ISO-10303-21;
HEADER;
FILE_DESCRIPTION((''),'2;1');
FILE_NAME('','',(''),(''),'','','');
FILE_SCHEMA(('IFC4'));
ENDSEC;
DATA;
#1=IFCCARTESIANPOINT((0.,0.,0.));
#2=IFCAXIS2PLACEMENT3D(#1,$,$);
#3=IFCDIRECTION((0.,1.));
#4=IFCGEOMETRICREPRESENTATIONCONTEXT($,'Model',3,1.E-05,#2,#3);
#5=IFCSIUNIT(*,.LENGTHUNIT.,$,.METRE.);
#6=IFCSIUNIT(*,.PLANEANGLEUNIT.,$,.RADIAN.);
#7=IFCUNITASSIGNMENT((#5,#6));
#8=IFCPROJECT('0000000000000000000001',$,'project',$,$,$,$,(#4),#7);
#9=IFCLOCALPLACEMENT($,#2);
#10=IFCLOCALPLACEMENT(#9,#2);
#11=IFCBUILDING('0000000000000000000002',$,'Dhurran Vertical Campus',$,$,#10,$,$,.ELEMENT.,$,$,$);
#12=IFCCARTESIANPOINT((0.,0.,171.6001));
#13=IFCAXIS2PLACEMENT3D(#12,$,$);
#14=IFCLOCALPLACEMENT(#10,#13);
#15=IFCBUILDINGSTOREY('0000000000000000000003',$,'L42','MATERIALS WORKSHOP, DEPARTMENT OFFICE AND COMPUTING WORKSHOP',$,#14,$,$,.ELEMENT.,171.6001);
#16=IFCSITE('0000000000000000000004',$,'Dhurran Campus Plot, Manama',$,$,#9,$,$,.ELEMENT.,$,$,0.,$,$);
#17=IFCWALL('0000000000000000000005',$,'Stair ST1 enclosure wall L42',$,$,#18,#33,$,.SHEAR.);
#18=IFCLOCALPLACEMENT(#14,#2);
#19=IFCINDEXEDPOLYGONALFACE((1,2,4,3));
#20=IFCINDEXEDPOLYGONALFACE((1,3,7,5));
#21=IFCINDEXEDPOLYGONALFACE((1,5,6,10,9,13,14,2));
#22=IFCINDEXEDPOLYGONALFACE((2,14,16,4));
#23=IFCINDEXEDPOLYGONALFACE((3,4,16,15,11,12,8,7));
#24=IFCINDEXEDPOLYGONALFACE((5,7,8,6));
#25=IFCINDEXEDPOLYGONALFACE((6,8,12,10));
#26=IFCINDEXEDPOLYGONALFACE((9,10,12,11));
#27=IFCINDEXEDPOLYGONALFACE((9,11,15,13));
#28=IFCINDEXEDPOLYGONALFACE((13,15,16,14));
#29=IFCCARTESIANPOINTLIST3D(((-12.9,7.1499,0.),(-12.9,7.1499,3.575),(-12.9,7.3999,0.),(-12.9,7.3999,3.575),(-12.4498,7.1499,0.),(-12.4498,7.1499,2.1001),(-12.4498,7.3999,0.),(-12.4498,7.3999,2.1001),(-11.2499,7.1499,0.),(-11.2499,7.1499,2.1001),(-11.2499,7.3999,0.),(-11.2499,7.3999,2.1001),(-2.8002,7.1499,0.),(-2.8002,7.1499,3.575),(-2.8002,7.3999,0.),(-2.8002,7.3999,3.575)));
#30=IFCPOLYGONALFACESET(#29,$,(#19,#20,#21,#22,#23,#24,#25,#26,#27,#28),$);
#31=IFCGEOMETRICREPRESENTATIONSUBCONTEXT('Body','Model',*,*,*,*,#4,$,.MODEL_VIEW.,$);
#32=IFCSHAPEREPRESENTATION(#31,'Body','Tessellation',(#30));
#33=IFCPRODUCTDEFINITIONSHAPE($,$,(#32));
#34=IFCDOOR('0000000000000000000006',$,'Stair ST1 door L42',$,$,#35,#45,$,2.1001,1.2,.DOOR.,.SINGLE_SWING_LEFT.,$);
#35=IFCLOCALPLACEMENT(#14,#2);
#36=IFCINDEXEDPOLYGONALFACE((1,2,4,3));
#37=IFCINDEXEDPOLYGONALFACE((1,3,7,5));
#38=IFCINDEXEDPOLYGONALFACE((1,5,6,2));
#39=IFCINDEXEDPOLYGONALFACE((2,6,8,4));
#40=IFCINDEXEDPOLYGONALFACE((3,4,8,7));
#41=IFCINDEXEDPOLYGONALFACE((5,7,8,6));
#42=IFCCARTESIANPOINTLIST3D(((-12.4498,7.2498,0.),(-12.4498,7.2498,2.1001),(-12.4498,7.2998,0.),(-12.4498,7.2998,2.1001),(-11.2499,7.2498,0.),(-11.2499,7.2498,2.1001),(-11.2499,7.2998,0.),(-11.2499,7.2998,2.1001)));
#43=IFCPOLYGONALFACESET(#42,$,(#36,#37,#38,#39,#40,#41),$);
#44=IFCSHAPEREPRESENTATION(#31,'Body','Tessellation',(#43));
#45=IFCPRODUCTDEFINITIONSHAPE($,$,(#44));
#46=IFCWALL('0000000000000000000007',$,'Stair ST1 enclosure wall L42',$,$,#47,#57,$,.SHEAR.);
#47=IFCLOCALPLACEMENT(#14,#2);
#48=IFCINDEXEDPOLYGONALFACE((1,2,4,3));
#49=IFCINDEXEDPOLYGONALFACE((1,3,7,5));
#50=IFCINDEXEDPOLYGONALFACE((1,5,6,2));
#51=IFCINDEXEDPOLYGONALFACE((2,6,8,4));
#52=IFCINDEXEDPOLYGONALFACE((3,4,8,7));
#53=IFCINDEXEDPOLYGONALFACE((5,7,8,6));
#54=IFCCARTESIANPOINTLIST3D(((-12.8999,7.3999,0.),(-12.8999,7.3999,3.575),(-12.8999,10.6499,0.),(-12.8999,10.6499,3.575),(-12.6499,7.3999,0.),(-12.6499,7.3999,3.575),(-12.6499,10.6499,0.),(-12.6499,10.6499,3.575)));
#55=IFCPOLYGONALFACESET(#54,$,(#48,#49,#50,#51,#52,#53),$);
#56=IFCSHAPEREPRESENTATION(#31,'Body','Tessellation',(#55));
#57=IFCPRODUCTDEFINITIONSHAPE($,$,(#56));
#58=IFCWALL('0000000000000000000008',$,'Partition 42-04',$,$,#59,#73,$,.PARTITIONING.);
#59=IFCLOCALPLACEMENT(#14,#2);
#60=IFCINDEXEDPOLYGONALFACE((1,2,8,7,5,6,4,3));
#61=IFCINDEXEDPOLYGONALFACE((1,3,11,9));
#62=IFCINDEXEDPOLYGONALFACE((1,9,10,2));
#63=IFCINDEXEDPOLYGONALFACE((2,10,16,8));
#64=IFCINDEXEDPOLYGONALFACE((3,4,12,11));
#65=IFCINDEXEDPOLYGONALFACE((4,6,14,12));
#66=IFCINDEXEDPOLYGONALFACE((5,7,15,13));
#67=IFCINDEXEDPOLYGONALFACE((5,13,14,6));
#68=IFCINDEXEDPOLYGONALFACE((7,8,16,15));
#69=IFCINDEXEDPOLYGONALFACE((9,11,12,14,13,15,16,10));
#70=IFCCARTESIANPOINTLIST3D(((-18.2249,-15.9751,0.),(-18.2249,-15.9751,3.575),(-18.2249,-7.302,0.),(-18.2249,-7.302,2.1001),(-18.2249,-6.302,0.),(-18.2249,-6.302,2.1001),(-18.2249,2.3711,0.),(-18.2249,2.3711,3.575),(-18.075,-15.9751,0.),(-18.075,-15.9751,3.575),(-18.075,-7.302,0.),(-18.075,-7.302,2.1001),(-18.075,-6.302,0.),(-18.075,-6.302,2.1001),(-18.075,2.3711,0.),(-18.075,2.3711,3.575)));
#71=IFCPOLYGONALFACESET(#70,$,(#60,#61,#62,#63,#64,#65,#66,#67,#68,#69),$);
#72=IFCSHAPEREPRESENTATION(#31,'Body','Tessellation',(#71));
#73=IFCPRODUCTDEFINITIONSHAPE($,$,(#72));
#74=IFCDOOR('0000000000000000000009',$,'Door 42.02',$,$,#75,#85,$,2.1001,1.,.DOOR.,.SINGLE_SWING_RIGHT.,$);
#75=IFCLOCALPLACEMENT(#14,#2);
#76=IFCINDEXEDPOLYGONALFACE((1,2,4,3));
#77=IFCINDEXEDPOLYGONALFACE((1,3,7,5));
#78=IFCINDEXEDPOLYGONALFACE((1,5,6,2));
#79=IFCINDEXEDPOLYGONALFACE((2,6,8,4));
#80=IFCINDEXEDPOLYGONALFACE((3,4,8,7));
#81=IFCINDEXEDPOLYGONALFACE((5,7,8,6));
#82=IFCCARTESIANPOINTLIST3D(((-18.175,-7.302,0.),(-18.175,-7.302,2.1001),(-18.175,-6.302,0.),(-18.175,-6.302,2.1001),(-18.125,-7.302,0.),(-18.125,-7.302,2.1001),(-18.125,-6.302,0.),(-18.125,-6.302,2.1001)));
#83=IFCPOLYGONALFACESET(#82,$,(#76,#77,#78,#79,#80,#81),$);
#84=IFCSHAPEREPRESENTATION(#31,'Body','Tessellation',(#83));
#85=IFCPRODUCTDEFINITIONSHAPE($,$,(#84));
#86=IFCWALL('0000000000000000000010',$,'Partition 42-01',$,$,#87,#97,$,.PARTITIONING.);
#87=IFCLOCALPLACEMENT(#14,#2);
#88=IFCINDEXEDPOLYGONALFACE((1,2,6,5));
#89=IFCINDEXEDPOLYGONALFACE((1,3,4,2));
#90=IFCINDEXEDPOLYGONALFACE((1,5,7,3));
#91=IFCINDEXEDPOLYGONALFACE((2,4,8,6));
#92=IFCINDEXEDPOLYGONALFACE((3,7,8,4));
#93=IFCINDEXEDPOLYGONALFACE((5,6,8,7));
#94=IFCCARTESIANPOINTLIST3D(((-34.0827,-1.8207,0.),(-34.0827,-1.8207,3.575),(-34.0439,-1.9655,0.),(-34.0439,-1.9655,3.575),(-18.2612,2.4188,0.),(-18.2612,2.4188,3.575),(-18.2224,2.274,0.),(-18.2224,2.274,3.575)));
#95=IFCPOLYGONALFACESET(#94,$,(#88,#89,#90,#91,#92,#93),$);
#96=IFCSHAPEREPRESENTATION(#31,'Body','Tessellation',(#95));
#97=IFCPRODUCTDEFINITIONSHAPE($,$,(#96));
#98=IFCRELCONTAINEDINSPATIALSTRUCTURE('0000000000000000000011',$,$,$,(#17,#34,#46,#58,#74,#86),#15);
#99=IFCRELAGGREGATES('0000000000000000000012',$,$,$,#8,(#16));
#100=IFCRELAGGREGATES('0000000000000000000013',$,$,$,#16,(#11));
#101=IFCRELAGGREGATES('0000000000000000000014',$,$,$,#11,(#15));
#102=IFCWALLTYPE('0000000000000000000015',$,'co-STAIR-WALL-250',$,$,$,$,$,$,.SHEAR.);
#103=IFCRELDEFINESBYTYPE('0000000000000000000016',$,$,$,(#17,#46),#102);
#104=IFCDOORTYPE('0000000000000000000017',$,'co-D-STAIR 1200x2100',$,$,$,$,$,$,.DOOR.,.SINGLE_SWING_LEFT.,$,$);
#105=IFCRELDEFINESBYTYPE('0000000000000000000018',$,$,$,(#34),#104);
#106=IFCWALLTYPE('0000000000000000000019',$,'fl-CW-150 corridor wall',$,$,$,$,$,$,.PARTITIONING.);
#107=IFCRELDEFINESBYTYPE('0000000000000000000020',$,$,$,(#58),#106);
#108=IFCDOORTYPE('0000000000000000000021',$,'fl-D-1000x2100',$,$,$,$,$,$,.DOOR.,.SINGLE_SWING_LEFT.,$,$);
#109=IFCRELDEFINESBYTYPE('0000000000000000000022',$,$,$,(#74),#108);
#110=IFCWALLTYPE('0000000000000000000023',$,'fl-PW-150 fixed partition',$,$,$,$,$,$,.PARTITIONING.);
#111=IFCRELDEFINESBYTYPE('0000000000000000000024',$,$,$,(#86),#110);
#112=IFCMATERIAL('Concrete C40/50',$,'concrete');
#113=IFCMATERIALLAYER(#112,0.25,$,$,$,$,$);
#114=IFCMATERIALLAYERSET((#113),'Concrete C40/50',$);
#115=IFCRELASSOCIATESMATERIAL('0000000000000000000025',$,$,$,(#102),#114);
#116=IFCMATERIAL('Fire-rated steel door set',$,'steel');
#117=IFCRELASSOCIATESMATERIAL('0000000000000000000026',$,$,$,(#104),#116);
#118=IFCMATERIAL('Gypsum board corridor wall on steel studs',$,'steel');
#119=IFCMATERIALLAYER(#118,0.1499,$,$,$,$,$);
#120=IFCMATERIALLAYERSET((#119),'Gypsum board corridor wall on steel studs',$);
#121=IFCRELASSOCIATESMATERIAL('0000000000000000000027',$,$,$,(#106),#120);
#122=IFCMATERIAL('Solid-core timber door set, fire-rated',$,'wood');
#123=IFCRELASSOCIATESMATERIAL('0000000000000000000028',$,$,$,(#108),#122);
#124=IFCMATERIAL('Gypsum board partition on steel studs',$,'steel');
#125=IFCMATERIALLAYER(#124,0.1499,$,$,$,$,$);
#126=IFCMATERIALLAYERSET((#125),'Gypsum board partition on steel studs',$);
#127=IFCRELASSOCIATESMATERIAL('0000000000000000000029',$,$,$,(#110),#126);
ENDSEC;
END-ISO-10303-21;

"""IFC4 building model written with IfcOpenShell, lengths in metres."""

from ifc_helpers import new_model, si_unit, direction, frame, frame_2d, origin, place, context, subcontext, project, spatial, rectangle, extrude, material, layer, layer_set, type_object, element, fill, save


model = new_model("IFC4")

# Units and contexts
model_context = context("Model", 3, precision=1e-05, world=origin(), true_north=direction((0.0, 1.0)))
body_context = subcontext(model_context, "Body", "Model", "MODEL_VIEW")
ifc_project = project(units=[si_unit("LENGTHUNIT", "METRE"), si_unit("PLANEANGLEUNIT", "RADIAN")], contexts=[model_context])

# Site, building, storey
site_placement = place(None, origin())
site = spatial("IfcSite", under=ifc_project, at=site_placement, Name="Dhurran Campus Plot, Manama", CompositionType="ELEMENT", RefElevation=0.0)
building_placement = place(site_placement, origin())
building = spatial("IfcBuilding", under=site, at=building_placement, Name="Dhurran Vertical Campus", CompositionType="ELEMENT")
storey_placement = place(building_placement, frame((0.0, 0.0, 171.6001)))
storey = spatial("IfcBuildingStorey", under=building, at=storey_placement, Name="L42", Description="MATERIALS WORKSHOP, DEPARTMENT OFFICE AND COMPUTING WORKSHOP", CompositionType="ELEMENT", Elevation=171.6001)

# Wall, opening, door
ifc_material_1 = material(Name="Concrete C40/50", Category="concrete")
ifc_layer_1 = layer(ifc_material_1, 0.25)
ifc_layer_set_1 = layer_set([ifc_layer_1], Name="Concrete C40/50")
wall_type_1 = type_object("IfcWallType", Name="co-STAIR-WALL-250", PredefinedType="SHEAR", material=ifc_layer_set_1)
wall_1_placement = place(storey_placement, frame((-12.8999, 7.2749, 0.0), z_axis=(0.0, 0.0, 1.0), x_axis=(1.0, 0.0, 0.0)))
wall_1 = element("IfcWall", 1, at=wall_1_placement, inside=storey, type_object=wall_type_1, Name="Stair ST1 enclosure wall L42", PredefinedType="SHEAR", context=body_context, shape_type="SweptSolid", body=[
    extrude(rectangle(XDim=10.0999, YDim=0.25, at=frame_2d((5.0498, 0.0))), origin(), (0.0, 0.0, 1.0), 3.575),
])
opening_1_placement = place(wall_1_placement, frame((0.45, 0.0, 0.0)))
opening_1 = element("IfcOpeningElement", 2, at=opening_1_placement, cuts=wall_1, PredefinedType="OPENING", context=body_context, shape_type="SweptSolid", body=[
    extrude(rectangle(XDim=1.2, YDim=2.1001, at=frame_2d((0.6001, 1.05))), frame((0.0, 0.135, 0.0), z_axis=(0.0, -1.0, 0.0), x_axis=(1.0, 0.0, 0.0)), (0.0, 0.0, 1.0), 0.27),
])
ifc_material_2 = material(Name="Fire-rated steel door set", Category="steel")
door_type_1 = type_object("IfcDoorType", Name="co-D-STAIR 1200x2100", OperationType="SINGLE_SWING_LEFT", PredefinedType="DOOR", material=ifc_material_2)
door_1_placement = place(opening_1_placement, origin())
door_1 = element("IfcDoor", 3, at=door_1_placement, inside=storey, type_object=door_type_1, Name="Stair ST1 door L42", OperationType="SINGLE_SWING_LEFT", OverallHeight=2.1001, OverallWidth=1.2, PredefinedType="DOOR", context=body_context, shape_type="SweptSolid", body=[
    extrude(rectangle(XDim=1.2, YDim=2.1001, at=frame_2d((0.6001, 1.05))), frame((0.0, 0.0249, 0.0), z_axis=(0.0, -1.0, 0.0), x_axis=(1.0, 0.0, 0.0)), (0.0, 0.0, 1.0), 0.05),
])
fill(opening_1, door_1)

# Wall
wall_2_placement = place(storey_placement, frame((-12.7749, 7.3999, 0.0), z_axis=(0.0, 0.0, 1.0), x_axis=(0.0, 1.0, 0.0)))
element("IfcWall", 4, at=wall_2_placement, inside=storey, type_object=wall_type_1, Name="Stair ST1 enclosure wall L42", PredefinedType="SHEAR", context=body_context, shape_type="SweptSolid", body=[
    extrude(rectangle(XDim=3.25, YDim=0.25, at=frame_2d((1.625, 0.0))), origin(), (0.0, 0.0, 1.0), 3.575),
])

# Wall, opening, door
ifc_material_3 = material(Name="Gypsum board corridor wall on steel studs", Category="steel")
ifc_layer_2 = layer(ifc_material_3, 0.1499)
ifc_layer_set_2 = layer_set([ifc_layer_2], Name="Gypsum board corridor wall on steel studs")
wall_type_2 = type_object("IfcWallType", Name="fl-CW-150 corridor wall", PredefinedType="PARTITIONING", material=ifc_layer_set_2)
wall_3_placement = place(storey_placement, frame((-18.1499, 2.3711, 0.0), z_axis=(0.0, 0.0, 1.0), x_axis=(0.0, -1.0, 0.0)))
wall_3 = element("IfcWall", 5, at=wall_3_placement, inside=storey, type_object=wall_type_2, Name="Partition 42-04", PredefinedType="PARTITIONING", context=body_context, shape_type="SweptSolid", body=[
    extrude(rectangle(XDim=18.3462, YDim=0.1499, at=frame_2d((9.1731, 0.0))), origin(), (0.0, 0.0, 1.0), 3.575),
])
opening_2_placement = place(wall_3_placement, frame((8.6731, 0.0, 0.0)))
opening_2 = element("IfcOpeningElement", 6, at=opening_2_placement, cuts=wall_3, PredefinedType="OPENING", context=body_context, shape_type="SweptSolid", body=[
    extrude(rectangle(XDim=1.0, YDim=2.1001, at=frame_2d((0.5, 1.05))), frame((0.0, 0.085, 0.0), z_axis=(0.0, -1.0, 0.0), x_axis=(1.0, 0.0, 0.0)), (0.0, 0.0, 1.0), 0.1699),
])
ifc_material_4 = material(Name="Solid-core timber door set, fire-rated", Category="wood")
door_type_2 = type_object("IfcDoorType", Name="fl-D-1000x2100", OperationType="SINGLE_SWING_LEFT", PredefinedType="DOOR", material=ifc_material_4)
door_2_placement = place(opening_2_placement, origin())
door_2 = element("IfcDoor", 7, at=door_2_placement, inside=storey, type_object=door_type_2, Name="Door 42.02", OperationType="SINGLE_SWING_RIGHT", OverallHeight=2.1001, OverallWidth=1.0, PredefinedType="DOOR", context=body_context, shape_type="SweptSolid", body=[
    extrude(rectangle(XDim=1.0, YDim=2.1001, at=frame_2d((0.5, 1.05))), frame((0.0, 0.0249, 0.0), z_axis=(0.0, -1.0, 0.0), x_axis=(1.0, 0.0, 0.0)), (0.0, 0.0, 1.0), 0.05),
])
fill(opening_2, door_2)

# Wall
ifc_material_5 = material(Name="Gypsum board partition on steel studs", Category="steel")
ifc_layer_3 = layer(ifc_material_5, 0.1499)
ifc_layer_set_3 = layer_set([ifc_layer_3], Name="Gypsum board partition on steel studs")
wall_type_3 = type_object("IfcWallType", Name="fl-PW-150 fixed partition", PredefinedType="PARTITIONING", material=ifc_layer_set_3)
wall_4_placement = place(storey_placement, frame((-18.2417, 2.3464, 0.0), z_axis=(0.0, 0.0, 1.0), x_axis=(-0.965924, -0.258827, 0.0)))
element("IfcWall", 8, at=wall_4_placement, inside=storey, type_object=wall_type_3, Name="Partition 42-01", PredefinedType="PARTITIONING", context=body_context, shape_type="SweptSolid", body=[
    extrude(rectangle(XDim=16.3796, YDim=0.1499, at=frame_2d((8.1899, 0.0))), origin(), (0.0, 0.0, 1.0), 3.575),
])

save(model, "model.ifc")
